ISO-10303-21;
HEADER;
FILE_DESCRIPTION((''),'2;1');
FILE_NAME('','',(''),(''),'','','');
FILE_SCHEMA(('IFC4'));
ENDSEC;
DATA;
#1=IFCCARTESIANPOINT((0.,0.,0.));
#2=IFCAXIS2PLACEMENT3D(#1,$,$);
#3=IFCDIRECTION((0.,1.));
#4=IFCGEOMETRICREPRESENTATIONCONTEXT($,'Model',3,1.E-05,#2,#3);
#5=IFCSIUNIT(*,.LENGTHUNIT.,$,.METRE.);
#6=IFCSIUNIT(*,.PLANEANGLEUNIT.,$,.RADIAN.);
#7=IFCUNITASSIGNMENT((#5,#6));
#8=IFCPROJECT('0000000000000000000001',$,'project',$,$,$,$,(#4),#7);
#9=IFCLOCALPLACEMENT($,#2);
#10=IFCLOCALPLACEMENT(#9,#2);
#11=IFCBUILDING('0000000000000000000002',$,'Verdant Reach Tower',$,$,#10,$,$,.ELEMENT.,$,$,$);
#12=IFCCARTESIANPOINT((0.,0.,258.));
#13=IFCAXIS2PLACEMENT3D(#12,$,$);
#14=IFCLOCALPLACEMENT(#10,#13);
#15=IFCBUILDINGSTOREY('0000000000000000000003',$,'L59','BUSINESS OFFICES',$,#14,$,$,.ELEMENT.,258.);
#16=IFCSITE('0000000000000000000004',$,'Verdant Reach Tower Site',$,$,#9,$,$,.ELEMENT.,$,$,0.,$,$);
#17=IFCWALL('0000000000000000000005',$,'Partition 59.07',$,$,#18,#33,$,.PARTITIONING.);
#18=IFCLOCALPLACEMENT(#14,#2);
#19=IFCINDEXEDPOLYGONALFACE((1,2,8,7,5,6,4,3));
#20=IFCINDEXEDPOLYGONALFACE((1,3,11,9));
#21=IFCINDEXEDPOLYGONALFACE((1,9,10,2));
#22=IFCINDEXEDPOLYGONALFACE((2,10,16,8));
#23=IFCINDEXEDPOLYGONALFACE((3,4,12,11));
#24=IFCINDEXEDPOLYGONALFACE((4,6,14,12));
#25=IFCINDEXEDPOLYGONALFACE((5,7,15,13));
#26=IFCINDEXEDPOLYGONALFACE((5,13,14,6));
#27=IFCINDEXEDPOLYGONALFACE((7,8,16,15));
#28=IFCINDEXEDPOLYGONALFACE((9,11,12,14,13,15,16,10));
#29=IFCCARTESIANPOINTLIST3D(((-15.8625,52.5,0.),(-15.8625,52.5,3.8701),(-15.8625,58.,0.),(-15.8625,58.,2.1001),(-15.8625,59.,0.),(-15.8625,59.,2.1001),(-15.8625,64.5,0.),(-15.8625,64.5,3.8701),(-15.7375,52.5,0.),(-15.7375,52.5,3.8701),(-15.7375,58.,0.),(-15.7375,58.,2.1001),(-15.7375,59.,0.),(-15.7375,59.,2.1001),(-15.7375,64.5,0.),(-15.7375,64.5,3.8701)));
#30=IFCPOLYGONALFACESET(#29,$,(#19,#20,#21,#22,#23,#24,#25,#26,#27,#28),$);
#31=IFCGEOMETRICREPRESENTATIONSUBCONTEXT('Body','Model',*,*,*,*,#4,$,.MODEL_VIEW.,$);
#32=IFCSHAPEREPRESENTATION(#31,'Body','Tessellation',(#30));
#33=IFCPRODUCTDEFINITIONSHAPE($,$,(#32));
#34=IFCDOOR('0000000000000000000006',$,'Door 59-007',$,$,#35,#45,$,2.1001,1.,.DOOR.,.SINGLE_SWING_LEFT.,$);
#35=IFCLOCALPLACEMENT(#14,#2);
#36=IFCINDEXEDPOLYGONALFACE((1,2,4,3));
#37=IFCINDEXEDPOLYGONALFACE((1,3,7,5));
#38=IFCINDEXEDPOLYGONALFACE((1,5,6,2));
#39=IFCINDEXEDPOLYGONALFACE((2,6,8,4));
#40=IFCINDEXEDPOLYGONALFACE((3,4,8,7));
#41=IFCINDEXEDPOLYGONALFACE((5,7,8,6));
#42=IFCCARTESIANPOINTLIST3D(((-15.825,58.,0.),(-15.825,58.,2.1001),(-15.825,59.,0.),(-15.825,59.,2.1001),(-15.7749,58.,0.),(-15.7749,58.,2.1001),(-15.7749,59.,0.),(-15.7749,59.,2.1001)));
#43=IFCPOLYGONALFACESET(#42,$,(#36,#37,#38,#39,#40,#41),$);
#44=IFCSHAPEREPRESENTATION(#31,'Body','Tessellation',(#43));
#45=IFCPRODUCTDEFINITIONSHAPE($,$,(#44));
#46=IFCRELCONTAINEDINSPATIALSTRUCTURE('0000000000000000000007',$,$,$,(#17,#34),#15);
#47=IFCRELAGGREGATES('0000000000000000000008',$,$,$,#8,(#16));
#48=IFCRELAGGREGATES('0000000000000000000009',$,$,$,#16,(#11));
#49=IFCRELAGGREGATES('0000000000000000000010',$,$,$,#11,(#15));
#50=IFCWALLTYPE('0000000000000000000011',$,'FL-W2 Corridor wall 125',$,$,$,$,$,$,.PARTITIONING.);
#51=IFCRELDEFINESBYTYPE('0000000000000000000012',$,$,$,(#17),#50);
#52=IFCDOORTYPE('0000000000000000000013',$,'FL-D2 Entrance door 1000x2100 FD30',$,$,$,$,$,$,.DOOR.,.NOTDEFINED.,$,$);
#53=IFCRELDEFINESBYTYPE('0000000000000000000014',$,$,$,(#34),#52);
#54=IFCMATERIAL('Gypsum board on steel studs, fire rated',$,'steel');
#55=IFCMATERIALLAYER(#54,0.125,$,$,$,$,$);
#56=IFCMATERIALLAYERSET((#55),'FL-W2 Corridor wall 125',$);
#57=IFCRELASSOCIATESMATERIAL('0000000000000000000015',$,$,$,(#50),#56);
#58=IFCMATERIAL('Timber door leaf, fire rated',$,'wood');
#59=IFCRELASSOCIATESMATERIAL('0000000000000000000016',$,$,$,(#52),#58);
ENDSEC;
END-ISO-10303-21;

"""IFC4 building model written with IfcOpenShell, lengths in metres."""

from ifc_helpers import new_model, si_unit, direction, frame, frame_2d, origin, place, context, subcontext, project, spatial, rectangle, extrude, material, layer, layer_set, type_object, element, fill, save


model = new_model("IFC4")

# Units and contexts
model_context = context("Model", 3, precision=1e-05, world=origin(), true_north=direction((0.0, 1.0)))
body_context = subcontext(model_context, "Body", "Model", "MODEL_VIEW")
ifc_project = project(units=[si_unit("LENGTHUNIT", "METRE"), si_unit("PLANEANGLEUNIT", "RADIAN")], contexts=[model_context])

# Site, building, storey
site_placement = place(None, origin())
site = spatial("IfcSite", under=ifc_project, at=site_placement, Name="Verdant Reach Tower Site", CompositionType="ELEMENT", RefElevation=0.0)
building_placement = place(site_placement, origin())
building = spatial("IfcBuilding", under=site, at=building_placement, Name="Verdant Reach Tower", CompositionType="ELEMENT")
storey_placement = place(building_placement, frame((0.0, 0.0, 258.0)))
storey = spatial("IfcBuildingStorey", under=building, at=storey_placement, Name="L59", Description="BUSINESS OFFICES", CompositionType="ELEMENT", Elevation=258.0)

# Wall, opening, door
ifc_material_1 = material(Name="Gypsum board on steel studs, fire rated", Category="steel")
ifc_layer_1 = layer(ifc_material_1, 0.125)
ifc_layer_set_1 = layer_set([ifc_layer_1], Name="FL-W2 Corridor wall 125")
wall_type_1 = type_object("IfcWallType", Name="FL-W2 Corridor wall 125", PredefinedType="PARTITIONING", material=ifc_layer_set_1)
ifc_material_2 = material(Name="Timber door leaf, fire rated", Category="wood")
door_type = type_object("IfcDoorType", Name="FL-D2 Entrance door 1000x2100 FD30", OperationType="NOTDEFINED", PredefinedType="DOOR", material=ifc_material_2)
wall_1_placement = place(storey_placement, frame((-15.8, 52.5, 0.0), z_axis=(0.0, 0.0, 1.0), x_axis=(0.0, 1.0, 0.0)))
wall_1 = element("IfcWall", 1, at=wall_1_placement, inside=storey, type_object=wall_type_1, Name="Partition 59.07", PredefinedType="PARTITIONING", context=body_context, shape_type="SweptSolid", body=[
    extrude(rectangle(XDim=12.0, YDim=0.125, at=frame_2d((6.0, 0.0))), origin(), (0.0, 0.0, 1.0), 3.8701),
])
opening_1_placement = place(wall_1_placement, frame((5.5, 0.0, 0.0)))
opening_1 = element("IfcOpeningElement", 2, at=opening_1_placement, cuts=wall_1, PredefinedType="OPENING", context=body_context, shape_type="SweptSolid", body=[
    extrude(rectangle(XDim=1.0, YDim=2.1001, at=frame_2d((0.5, 1.05))), frame((0.0, 0.0725, 0.0), z_axis=(0.0, -1.0, 0.0), x_axis=(1.0, 0.0, 0.0)), (0.0, 0.0, 1.0), 0.145),
])
door_1_placement = place(opening_1_placement, origin())
door_1 = element("IfcDoor", 3, at=door_1_placement, inside=storey, type_object=door_type, Name="Door 59-007", OperationType="SINGLE_SWING_LEFT", OverallHeight=2.1001, OverallWidth=1.0, PredefinedType="DOOR", context=body_context, shape_type="SweptSolid", body=[
    extrude(rectangle(XDim=1.0, YDim=2.1001, at=frame_2d((0.5, 1.05))), frame((0.0, 0.0249, 0.0), z_axis=(0.0, -1.0, 0.0), x_axis=(1.0, 0.0, 0.0)), (0.0, 0.0, 1.0), 0.05),
])
fill(opening_1, door_1)

save(model, "model.ifc")
